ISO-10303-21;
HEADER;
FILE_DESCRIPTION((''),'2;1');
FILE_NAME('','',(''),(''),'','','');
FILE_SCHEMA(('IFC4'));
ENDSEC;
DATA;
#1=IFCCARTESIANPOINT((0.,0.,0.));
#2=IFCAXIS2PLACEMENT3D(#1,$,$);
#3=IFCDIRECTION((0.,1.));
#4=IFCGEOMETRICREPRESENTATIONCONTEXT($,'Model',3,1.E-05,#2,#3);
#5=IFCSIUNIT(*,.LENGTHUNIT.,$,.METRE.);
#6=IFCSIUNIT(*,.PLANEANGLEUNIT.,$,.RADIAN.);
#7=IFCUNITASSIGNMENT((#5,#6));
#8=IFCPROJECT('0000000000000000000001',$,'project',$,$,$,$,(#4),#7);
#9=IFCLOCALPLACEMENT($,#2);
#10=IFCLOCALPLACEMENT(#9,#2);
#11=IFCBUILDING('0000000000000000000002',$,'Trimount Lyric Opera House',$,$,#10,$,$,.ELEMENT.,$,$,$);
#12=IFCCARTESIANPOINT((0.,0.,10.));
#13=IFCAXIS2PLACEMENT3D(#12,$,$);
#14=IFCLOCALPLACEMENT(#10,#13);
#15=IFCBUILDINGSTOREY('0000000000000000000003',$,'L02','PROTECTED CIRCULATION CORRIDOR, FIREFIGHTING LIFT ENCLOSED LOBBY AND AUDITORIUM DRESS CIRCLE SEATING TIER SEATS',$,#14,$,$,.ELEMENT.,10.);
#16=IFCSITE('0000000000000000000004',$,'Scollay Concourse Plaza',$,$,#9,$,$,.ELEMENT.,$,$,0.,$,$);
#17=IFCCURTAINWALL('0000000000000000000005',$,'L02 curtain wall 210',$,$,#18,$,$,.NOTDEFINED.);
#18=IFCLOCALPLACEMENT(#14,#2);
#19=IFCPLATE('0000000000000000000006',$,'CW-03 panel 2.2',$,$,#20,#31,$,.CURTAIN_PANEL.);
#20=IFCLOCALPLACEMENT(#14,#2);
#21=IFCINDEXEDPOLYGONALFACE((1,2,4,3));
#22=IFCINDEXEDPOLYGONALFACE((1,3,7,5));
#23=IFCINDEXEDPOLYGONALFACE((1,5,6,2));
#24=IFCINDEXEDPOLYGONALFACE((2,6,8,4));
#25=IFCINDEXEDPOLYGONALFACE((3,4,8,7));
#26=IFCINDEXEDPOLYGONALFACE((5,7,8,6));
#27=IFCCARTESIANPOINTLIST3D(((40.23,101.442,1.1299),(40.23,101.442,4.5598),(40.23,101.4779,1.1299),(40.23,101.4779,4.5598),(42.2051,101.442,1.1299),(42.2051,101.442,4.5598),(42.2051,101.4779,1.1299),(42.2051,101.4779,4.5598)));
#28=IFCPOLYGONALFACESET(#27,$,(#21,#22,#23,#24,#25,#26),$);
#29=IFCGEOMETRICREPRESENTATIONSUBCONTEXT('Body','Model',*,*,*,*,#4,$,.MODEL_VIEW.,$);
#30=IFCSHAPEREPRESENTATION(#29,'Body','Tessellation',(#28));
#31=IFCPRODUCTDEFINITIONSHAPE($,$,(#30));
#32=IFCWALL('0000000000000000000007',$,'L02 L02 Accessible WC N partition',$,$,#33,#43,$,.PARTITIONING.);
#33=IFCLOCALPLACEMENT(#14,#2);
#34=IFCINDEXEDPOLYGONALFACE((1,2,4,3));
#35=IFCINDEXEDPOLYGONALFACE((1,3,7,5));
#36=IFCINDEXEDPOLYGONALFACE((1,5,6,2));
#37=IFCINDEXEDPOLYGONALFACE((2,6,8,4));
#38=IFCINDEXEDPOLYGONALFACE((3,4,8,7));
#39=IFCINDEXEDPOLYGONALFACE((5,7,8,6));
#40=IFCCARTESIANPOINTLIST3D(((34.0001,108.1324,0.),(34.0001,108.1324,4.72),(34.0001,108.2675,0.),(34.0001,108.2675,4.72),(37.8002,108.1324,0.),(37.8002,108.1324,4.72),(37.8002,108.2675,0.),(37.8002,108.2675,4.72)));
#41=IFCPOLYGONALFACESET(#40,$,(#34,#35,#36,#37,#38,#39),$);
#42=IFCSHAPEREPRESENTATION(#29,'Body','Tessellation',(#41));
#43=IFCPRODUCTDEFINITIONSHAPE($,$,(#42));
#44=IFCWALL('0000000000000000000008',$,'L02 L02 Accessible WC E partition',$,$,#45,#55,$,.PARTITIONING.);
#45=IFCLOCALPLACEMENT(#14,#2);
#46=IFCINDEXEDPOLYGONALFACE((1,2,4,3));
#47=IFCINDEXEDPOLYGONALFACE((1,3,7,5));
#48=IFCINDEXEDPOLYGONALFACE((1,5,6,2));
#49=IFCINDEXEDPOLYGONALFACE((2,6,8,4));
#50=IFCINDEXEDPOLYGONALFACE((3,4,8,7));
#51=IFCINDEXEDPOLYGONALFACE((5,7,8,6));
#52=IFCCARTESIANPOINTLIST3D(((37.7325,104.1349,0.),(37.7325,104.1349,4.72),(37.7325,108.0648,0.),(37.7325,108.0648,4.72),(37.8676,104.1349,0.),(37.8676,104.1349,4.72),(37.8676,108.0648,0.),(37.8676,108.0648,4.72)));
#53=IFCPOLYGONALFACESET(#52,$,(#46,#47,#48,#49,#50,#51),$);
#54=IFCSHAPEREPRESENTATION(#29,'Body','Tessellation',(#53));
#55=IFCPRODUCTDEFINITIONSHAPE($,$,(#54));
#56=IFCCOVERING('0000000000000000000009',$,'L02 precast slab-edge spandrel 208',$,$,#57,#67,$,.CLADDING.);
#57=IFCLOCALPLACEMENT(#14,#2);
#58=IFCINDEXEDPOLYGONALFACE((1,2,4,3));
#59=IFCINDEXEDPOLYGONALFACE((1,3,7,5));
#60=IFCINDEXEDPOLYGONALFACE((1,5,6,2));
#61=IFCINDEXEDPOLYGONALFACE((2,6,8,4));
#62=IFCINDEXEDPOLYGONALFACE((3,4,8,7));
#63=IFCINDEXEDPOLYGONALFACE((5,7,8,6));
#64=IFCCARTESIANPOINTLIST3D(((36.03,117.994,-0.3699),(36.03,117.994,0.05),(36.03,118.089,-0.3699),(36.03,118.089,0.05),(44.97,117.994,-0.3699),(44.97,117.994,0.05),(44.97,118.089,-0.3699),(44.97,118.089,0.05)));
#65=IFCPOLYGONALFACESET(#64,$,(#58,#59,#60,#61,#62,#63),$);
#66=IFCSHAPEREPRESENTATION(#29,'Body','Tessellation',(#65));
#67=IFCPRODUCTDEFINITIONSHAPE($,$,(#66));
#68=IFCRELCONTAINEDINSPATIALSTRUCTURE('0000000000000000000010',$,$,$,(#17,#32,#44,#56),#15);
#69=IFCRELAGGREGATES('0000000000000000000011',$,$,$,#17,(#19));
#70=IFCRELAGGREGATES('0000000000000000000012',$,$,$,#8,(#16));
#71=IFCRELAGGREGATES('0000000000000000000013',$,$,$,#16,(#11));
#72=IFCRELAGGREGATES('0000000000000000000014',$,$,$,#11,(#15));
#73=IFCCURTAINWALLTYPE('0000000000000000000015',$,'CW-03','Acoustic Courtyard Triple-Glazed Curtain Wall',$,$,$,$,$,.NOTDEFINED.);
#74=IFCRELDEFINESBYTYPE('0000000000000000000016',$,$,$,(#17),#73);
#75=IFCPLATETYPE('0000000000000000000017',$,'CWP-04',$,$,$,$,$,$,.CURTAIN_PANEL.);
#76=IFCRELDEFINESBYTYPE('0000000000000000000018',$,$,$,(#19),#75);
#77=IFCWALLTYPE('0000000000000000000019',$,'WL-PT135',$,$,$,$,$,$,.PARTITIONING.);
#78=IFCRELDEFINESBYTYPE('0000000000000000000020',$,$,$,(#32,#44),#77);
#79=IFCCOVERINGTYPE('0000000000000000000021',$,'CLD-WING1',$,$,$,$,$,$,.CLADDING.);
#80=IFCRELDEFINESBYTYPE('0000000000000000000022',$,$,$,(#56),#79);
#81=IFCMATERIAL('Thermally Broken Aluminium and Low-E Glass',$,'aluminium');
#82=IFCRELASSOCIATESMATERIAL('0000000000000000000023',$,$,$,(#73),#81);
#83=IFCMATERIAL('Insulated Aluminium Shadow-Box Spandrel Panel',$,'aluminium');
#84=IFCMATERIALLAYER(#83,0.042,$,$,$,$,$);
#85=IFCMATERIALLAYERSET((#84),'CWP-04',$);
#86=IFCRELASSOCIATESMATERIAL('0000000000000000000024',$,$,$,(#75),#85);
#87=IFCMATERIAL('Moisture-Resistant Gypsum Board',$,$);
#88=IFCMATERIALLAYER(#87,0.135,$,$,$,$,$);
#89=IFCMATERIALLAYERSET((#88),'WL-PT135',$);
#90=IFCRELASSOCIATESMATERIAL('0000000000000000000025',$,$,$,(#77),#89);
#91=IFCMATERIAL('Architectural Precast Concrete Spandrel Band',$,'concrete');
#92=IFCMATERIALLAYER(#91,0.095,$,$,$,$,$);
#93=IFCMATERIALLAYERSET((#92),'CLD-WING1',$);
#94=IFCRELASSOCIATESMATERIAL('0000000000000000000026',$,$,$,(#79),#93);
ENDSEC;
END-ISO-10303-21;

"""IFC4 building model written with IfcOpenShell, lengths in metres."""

from ifc_helpers import new_model, si_unit, direction, frame, frame_2d, origin, origin_2d, place, context, subcontext, project, spatial, rectangle, extrude, material, layer, layer_set, type_object, element, aggregate, save


model = new_model("IFC4")

# Units and contexts
model_context = context("Model", 3, precision=1e-05, world=origin(), true_north=direction((0.0, 1.0)))
body_context = subcontext(model_context, "Body", "Model", "MODEL_VIEW")
ifc_project = project(units=[si_unit("LENGTHUNIT", "METRE"), si_unit("PLANEANGLEUNIT", "RADIAN")], contexts=[model_context])

# Site, building, storey
site_placement = place(None, origin())
site = spatial("IfcSite", under=ifc_project, at=site_placement, Name="Scollay Concourse Plaza", CompositionType="ELEMENT", RefElevation=0.0)
building_placement = place(site_placement, origin())
building = spatial("IfcBuilding", under=site, at=building_placement, Name="Trimount Lyric Opera House", CompositionType="ELEMENT")
storey_placement = place(building_placement, frame((0.0, 0.0, 10.0)))
storey = spatial("IfcBuildingStorey", under=building, at=storey_placement, Name="L02", Description="PROTECTED CIRCULATION CORRIDOR, FIREFIGHTING LIFT ENCLOSED LOBBY AND AUDITORIUM DRESS CIRCLE SEATING TIER SEATS", CompositionType="ELEMENT", Elevation=10.0)

# Curtain wall
ifc_material_1 = material(Name="Thermally Broken Aluminium and Low-E Glass", Category="aluminium")
curtain_wall_type = type_object("IfcCurtainWallType", Name="CW-03", Description="Acoustic Courtyard Triple-Glazed Curtain Wall", PredefinedType="NOTDEFINED", material=ifc_material_1)
curtain_wall_1_placement = place(storey_placement, origin())
curtain_wall_1 = element("IfcCurtainWall", 1, at=curtain_wall_1_placement, inside=storey, type_object=curtain_wall_type, Name="L02 curtain wall 210", PredefinedType="NOTDEFINED")

# Plate
ifc_material_2 = material(Name="Insulated Aluminium Shadow-Box Spandrel Panel", Category="aluminium")
ifc_layer_1 = layer(ifc_material_2, 0.042)
ifc_layer_set_1 = layer_set([ifc_layer_1], Name="CWP-04")
plate_type_1 = type_object("IfcPlateType", Name="CWP-04", PredefinedType="CURTAIN_PANEL", material=ifc_layer_set_1)
plate_1_placement = place(storey_placement, frame((41.2175, 101.46, 1.1299), z_axis=(0.0, 0.0, 1.0), x_axis=(-1.0, 0.0, 0.0)))
plate_1 = element("IfcPlate", 2, at=plate_1_placement, type_object=plate_type_1, Name="CW-03 panel 2.2", PredefinedType="CURTAIN_PANEL", context=body_context, shape_type="SweptSolid", body=[
    extrude(rectangle(XDim=1.9751, YDim=0.0359, at=origin_2d()), origin(), (0.0, 0.0, 1.0), 3.4299),
])
aggregate(curtain_wall_1, [plate_1])

# Walls
ifc_material_3 = material(Name="Moisture-Resistant Gypsum Board")
ifc_layer_2 = layer(ifc_material_3, 0.135)
ifc_layer_set_2 = layer_set([ifc_layer_2], Name="WL-PT135")
wall_type = type_object("IfcWallType", Name="WL-PT135", PredefinedType="PARTITIONING", material=ifc_layer_set_2)
wall_1_placement = place(storey_placement, frame((37.8, 108.2, 0.0), z_axis=(0.0, 0.0, 1.0), x_axis=(-1.0, 0.0, 0.0)))
element("IfcWall", 3, at=wall_1_placement, inside=storey, type_object=wall_type, Name="L02 L02 Accessible WC N partition", PredefinedType="PARTITIONING", context=body_context, shape_type="SweptSolid", body=[
    extrude(rectangle(XDim=3.8, YDim=0.135, at=frame_2d((1.8999, 0.0))), origin(), (0.0, 0.0, 1.0), 4.72),
])
wall_2_placement = place(storey_placement, frame((37.8, 104.135, 0.0), z_axis=(0.0, 0.0, 1.0), x_axis=(0.0, 1.0, 0.0)))
element("IfcWall", 4, at=wall_2_placement, inside=storey, type_object=wall_type, Name="L02 L02 Accessible WC E partition", PredefinedType="PARTITIONING", context=body_context, shape_type="SweptSolid", body=[
    extrude(rectangle(XDim=3.9299, YDim=0.135, at=frame_2d((1.9648, 0.0))), origin(), (0.0, 0.0, 1.0), 4.72),
])

# Covering
ifc_material_4 = material(Name="Architectural Precast Concrete Spandrel Band", Category="concrete")
ifc_layer_3 = layer(ifc_material_4, 0.095)
ifc_layer_set_3 = layer_set([ifc_layer_3], Name="CLD-WING1")
covering_type = type_object("IfcCoveringType", Name="CLD-WING1", PredefinedType="CLADDING", material=ifc_layer_set_3)
covering_placement = place(storey_placement, frame((40.5, 118.0415, -0.3699), z_axis=(0.0, 0.0, 1.0), x_axis=(1.0, 0.0, 0.0)))
element("IfcCovering", 5, at=covering_placement, inside=storey, type_object=covering_type, Name="L02 precast slab-edge spandrel 208", PredefinedType="CLADDING", context=body_context, shape_type="SweptSolid", body=[
    extrude(rectangle(XDim=8.9399, YDim=0.095, at=origin_2d()), origin(), (0.0, 0.0, 1.0), 0.4199),
])

save(model, "model.ifc")
